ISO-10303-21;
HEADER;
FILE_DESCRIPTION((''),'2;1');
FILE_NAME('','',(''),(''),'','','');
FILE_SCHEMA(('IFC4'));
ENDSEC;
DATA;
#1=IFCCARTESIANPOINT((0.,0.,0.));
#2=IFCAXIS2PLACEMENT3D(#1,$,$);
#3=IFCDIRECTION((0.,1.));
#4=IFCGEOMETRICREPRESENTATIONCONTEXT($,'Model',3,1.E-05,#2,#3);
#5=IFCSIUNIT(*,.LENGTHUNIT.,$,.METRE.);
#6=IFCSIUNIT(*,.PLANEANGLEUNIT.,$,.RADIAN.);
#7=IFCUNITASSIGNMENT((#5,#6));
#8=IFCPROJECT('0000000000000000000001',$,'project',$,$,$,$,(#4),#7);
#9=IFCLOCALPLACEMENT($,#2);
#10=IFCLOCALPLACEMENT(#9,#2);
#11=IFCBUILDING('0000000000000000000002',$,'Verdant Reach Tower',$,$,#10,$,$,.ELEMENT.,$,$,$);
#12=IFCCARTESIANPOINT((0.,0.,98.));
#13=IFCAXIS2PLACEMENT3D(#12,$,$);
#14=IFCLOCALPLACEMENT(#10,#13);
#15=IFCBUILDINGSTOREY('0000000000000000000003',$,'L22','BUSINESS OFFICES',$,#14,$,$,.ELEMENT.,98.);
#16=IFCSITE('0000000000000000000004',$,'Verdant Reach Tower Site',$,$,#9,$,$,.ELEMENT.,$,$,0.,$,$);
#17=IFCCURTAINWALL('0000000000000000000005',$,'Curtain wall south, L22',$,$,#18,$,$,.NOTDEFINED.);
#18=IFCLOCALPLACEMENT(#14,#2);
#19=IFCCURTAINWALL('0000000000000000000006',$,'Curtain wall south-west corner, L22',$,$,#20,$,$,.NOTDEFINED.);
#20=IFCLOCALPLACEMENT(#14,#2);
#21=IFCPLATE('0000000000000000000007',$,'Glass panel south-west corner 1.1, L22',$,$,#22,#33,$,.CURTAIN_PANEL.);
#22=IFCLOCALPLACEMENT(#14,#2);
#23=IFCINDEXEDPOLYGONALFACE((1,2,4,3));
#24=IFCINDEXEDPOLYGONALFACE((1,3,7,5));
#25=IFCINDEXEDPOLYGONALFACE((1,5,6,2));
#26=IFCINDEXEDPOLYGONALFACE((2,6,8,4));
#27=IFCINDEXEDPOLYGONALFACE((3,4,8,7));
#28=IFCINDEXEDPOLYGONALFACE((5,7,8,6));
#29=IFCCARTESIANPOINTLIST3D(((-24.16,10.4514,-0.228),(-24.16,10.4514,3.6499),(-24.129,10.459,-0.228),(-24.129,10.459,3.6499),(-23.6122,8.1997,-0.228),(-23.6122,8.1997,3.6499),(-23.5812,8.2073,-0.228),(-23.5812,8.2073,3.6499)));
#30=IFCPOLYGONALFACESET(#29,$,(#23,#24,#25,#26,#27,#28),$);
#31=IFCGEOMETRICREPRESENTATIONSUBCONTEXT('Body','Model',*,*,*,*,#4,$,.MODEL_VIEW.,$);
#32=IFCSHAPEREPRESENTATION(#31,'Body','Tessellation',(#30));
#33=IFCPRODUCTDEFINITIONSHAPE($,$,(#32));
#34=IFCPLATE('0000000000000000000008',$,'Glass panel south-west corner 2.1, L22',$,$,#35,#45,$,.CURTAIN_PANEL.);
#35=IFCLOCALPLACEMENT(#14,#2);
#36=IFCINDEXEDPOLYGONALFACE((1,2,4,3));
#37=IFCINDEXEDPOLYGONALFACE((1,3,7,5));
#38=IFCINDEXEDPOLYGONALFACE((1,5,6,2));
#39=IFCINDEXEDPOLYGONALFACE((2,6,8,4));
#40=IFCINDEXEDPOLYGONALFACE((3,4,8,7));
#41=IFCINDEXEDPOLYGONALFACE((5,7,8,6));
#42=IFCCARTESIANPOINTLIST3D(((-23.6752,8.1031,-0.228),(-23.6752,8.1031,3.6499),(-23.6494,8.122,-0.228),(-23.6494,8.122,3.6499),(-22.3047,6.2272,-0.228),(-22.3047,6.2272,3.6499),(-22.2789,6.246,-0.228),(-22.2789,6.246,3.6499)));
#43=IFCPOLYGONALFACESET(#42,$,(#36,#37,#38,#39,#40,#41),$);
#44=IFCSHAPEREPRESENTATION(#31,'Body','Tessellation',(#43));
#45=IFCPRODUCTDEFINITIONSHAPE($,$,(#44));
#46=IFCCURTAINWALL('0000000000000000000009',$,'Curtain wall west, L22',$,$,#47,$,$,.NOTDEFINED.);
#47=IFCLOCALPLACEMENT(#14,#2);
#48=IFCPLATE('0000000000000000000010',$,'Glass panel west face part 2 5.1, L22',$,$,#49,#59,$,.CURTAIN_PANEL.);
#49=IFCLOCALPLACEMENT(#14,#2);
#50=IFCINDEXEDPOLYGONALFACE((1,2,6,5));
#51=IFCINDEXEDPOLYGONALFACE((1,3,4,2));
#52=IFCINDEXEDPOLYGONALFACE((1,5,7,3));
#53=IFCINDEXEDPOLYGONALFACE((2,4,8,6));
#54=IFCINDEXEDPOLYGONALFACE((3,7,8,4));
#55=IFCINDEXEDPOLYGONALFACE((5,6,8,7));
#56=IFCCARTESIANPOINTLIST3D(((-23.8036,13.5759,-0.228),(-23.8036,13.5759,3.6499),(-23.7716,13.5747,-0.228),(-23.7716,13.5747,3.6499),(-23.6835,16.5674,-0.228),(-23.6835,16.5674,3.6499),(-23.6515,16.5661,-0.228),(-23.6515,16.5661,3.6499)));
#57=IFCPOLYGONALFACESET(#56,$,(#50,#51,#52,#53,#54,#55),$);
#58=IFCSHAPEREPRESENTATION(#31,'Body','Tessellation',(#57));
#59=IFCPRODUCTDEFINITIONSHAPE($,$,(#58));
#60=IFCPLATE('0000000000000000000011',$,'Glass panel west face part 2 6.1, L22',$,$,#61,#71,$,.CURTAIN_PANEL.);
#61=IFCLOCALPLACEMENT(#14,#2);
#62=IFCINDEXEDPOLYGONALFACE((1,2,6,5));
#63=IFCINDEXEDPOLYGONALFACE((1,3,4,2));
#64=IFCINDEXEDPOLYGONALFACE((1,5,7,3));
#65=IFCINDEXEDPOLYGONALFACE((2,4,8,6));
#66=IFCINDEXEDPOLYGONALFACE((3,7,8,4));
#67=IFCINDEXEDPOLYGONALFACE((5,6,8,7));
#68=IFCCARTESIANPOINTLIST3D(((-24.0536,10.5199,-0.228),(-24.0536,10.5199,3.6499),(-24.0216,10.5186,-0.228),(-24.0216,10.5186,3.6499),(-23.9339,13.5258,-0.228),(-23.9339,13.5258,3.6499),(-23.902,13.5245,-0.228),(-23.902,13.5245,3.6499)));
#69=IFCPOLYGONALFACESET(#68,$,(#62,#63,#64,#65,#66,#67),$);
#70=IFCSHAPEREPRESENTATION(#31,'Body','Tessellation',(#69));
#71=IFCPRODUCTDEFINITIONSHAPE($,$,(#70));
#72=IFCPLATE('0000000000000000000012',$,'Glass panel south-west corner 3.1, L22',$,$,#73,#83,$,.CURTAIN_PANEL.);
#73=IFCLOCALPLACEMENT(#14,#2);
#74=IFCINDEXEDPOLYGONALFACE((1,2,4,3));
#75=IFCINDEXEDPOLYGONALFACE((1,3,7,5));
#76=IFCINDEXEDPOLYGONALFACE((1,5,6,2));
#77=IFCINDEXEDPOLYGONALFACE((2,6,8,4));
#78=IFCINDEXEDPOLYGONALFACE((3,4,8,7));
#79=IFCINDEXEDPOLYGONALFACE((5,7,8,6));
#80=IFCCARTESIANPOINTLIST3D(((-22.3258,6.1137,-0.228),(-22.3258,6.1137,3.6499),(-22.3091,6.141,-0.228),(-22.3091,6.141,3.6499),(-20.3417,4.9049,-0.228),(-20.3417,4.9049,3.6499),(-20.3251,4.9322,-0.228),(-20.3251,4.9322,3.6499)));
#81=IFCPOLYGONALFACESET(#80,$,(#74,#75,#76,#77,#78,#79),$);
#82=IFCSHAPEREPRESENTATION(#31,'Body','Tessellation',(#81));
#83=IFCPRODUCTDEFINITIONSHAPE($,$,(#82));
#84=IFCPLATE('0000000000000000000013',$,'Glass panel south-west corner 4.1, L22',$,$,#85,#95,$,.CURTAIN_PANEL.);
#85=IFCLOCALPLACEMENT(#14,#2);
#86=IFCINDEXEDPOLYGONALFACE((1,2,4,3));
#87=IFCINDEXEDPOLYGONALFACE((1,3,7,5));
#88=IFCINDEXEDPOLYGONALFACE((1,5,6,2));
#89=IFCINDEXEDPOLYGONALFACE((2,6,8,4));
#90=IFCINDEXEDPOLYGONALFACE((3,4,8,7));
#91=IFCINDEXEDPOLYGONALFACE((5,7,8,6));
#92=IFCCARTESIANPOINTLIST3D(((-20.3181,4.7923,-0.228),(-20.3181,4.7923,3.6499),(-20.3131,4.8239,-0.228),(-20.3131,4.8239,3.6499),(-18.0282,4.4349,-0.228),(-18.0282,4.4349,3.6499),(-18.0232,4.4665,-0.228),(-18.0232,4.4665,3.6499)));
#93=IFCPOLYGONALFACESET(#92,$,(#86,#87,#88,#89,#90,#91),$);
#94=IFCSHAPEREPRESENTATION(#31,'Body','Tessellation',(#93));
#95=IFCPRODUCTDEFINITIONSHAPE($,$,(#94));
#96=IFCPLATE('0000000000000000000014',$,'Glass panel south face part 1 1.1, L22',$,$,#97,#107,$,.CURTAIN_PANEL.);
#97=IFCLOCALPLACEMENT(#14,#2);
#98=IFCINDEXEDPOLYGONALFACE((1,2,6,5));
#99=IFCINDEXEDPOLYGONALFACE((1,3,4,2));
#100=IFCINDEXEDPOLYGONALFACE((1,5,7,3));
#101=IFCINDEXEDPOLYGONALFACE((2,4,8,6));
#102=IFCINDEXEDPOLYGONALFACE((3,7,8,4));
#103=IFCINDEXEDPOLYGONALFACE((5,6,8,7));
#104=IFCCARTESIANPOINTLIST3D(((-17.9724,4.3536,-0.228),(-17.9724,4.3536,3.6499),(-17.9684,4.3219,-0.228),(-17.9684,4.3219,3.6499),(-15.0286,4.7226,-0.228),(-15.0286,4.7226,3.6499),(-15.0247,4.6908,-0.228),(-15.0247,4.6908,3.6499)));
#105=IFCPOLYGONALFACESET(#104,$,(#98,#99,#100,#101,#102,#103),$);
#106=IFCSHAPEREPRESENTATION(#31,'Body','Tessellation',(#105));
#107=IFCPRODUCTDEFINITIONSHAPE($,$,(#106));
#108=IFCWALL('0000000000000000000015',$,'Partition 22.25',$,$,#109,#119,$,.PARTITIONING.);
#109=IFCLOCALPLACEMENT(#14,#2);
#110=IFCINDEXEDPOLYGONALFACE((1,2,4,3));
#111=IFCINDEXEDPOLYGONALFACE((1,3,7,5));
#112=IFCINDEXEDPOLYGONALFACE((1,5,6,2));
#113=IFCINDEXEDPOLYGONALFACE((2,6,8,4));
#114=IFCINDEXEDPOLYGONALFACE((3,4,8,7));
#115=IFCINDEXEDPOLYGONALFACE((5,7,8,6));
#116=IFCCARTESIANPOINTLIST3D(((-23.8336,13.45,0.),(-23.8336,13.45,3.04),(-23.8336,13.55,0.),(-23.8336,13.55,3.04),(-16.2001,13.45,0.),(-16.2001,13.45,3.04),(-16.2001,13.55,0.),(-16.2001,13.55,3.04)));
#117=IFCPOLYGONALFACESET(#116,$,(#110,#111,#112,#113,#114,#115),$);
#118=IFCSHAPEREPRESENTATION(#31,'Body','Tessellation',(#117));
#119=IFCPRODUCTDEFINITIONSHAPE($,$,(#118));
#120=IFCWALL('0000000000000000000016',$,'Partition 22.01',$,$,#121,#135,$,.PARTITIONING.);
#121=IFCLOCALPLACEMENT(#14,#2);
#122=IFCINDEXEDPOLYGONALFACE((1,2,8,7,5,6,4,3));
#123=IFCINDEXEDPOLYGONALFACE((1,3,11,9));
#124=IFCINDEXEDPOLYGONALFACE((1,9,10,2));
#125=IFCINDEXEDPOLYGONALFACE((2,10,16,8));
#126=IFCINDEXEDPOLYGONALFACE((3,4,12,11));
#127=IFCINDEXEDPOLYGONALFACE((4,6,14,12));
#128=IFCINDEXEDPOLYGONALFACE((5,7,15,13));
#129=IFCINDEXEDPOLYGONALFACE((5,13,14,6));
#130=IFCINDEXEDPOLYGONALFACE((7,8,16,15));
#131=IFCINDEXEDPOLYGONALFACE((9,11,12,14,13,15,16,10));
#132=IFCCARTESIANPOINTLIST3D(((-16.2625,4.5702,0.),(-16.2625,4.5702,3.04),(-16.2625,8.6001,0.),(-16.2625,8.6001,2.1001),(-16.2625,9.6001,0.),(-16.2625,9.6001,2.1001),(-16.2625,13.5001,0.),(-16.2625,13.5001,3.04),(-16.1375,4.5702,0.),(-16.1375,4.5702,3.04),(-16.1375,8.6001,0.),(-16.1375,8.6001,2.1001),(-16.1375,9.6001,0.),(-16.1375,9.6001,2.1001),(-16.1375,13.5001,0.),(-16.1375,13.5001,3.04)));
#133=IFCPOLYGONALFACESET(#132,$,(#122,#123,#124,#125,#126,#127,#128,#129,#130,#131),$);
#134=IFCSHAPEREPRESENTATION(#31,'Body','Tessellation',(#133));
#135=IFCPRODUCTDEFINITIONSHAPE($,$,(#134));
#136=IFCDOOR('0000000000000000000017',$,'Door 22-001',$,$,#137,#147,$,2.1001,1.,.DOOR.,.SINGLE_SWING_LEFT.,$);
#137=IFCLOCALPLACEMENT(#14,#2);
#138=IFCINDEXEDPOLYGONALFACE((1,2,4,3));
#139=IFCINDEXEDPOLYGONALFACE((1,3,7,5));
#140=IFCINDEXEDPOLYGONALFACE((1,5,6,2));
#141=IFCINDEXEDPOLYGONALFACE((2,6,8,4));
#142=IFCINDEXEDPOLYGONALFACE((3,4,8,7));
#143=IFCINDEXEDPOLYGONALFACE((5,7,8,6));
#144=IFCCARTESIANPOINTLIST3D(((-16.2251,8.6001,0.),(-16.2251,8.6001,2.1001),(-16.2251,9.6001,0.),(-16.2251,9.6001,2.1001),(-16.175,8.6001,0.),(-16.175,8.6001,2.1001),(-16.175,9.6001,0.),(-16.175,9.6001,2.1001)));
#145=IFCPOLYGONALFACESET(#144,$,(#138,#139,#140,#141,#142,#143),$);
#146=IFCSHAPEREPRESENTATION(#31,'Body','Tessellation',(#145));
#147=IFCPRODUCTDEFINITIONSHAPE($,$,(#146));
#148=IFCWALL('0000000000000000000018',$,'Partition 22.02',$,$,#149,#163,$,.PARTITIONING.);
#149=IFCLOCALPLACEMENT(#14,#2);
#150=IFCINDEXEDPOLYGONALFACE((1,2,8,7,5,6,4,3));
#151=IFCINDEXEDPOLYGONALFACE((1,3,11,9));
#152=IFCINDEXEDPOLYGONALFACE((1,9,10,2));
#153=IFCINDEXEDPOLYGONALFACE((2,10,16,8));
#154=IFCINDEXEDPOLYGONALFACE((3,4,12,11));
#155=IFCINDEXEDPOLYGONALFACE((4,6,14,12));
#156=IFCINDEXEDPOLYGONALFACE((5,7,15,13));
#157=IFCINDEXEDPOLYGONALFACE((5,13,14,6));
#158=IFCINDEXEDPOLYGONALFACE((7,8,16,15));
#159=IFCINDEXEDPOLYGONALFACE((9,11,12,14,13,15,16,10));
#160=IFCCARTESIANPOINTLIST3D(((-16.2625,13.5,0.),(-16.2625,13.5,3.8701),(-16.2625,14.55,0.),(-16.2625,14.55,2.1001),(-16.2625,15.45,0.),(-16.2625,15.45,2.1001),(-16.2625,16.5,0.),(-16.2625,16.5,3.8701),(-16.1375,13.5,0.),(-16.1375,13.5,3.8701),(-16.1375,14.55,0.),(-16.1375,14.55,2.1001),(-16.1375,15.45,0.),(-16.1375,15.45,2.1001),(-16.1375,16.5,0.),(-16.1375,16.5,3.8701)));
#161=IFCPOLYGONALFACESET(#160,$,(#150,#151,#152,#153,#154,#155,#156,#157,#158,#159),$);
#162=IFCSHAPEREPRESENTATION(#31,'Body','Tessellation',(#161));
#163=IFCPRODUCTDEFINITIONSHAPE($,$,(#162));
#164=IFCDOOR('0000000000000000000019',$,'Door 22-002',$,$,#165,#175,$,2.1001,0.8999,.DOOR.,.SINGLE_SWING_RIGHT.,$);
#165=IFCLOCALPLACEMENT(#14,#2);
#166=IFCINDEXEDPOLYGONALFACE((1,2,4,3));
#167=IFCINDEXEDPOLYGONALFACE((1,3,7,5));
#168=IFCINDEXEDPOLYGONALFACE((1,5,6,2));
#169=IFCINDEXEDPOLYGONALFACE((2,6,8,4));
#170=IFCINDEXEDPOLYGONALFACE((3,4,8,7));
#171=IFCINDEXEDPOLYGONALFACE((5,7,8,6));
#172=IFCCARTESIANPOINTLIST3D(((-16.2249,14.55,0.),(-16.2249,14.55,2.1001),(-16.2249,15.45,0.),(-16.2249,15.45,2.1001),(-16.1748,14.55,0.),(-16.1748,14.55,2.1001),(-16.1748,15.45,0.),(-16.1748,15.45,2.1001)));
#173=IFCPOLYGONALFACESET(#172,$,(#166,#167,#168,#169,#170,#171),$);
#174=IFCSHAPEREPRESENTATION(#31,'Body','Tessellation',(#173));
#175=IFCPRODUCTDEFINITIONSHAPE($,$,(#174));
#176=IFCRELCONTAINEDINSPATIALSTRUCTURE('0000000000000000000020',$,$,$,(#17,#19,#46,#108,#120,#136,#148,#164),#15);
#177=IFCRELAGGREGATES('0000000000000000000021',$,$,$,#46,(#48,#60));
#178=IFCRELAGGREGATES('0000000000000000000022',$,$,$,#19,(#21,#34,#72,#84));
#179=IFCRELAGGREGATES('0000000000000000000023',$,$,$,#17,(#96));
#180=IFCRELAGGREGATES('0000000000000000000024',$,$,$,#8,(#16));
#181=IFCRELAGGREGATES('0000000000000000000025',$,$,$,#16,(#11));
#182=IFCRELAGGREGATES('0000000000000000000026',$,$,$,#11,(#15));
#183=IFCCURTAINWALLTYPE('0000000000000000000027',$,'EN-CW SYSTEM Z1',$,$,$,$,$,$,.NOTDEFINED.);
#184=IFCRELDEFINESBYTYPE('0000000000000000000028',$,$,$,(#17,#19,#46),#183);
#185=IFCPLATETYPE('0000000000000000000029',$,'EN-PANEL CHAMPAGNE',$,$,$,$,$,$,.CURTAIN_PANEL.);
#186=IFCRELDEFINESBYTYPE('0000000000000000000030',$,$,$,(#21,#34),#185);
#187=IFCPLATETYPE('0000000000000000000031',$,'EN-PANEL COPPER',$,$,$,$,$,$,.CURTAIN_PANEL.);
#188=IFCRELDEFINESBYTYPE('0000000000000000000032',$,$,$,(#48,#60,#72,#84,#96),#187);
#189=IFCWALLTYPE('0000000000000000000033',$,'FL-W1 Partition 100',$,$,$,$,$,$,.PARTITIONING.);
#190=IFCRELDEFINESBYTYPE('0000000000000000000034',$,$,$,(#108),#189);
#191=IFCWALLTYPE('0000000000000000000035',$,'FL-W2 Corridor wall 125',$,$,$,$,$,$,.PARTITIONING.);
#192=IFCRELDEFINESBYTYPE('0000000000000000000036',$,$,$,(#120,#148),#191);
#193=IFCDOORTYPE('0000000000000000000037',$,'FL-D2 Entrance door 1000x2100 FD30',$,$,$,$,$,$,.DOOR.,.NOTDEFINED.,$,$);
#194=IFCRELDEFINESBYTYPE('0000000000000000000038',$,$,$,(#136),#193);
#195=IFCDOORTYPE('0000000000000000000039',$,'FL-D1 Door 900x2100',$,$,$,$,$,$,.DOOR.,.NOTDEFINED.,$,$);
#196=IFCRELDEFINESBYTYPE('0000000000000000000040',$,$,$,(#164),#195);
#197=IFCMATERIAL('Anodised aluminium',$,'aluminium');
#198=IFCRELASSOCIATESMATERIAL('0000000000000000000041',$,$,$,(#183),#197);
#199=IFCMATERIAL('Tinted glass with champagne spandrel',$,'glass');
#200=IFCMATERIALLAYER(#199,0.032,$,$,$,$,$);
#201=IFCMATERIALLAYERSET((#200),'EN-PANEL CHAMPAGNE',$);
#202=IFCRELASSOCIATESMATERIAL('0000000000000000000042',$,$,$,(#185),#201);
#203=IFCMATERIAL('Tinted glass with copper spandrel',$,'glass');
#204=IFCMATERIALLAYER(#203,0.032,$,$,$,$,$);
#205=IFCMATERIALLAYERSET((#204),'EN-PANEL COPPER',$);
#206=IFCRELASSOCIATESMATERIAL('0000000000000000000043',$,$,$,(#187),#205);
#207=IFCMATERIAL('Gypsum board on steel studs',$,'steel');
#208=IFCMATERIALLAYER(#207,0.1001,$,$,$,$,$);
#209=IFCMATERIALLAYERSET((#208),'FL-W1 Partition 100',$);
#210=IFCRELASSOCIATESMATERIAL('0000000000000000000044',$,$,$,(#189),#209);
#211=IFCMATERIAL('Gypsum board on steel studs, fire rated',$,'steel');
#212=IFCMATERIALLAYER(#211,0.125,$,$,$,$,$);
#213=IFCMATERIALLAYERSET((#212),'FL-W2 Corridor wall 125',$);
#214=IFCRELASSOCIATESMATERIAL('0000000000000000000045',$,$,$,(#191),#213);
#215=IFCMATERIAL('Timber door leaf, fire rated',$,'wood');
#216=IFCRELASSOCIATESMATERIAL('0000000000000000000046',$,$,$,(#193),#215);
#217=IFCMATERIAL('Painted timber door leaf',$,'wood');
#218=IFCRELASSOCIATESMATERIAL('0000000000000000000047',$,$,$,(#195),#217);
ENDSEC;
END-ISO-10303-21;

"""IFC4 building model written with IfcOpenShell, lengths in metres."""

from ifc_helpers import new_model, si_unit, direction, frame, frame_2d, origin, origin_2d, place, context, subcontext, project, spatial, rectangle, extrude, material, layer, layer_set, type_object, element, fill, aggregate, save


model = new_model("IFC4")

# Units and contexts
model_context = context("Model", 3, precision=1e-05, world=origin(), true_north=direction((0.0, 1.0)))
body_context = subcontext(model_context, "Body", "Model", "MODEL_VIEW")
ifc_project = project(units=[si_unit("LENGTHUNIT", "METRE"), si_unit("PLANEANGLEUNIT", "RADIAN")], contexts=[model_context])

# Site, building, storey
site_placement = place(None, origin())
site = spatial("IfcSite", under=ifc_project, at=site_placement, Name="Verdant Reach Tower Site", CompositionType="ELEMENT", RefElevation=0.0)
building_placement = place(site_placement, origin())
building = spatial("IfcBuilding", under=site, at=building_placement, Name="Verdant Reach Tower", CompositionType="ELEMENT")
storey_placement = place(building_placement, frame((0.0, 0.0, 98.0)))
storey = spatial("IfcBuildingStorey", under=building, at=storey_placement, Name="L22", Description="BUSINESS OFFICES", CompositionType="ELEMENT", Elevation=98.0)

# Curtain wall
ifc_material_1 = material(Name="Anodised aluminium", Category="aluminium")
curtain_wall_type = type_object("IfcCurtainWallType", Name="EN-CW SYSTEM Z1", PredefinedType="NOTDEFINED", material=ifc_material_1)
curtain_wall_1_placement = place(storey_placement, origin())
curtain_wall_1 = element("IfcCurtainWall", 1, at=curtain_wall_1_placement, inside=storey, type_object=curtain_wall_type, Name="Curtain wall south, L22", PredefinedType="NOTDEFINED")

# Curtain walls, plates
curtain_wall_2_placement = place(storey_placement, origin())
curtain_wall_2 = element("IfcCurtainWall", 2, at=curtain_wall_2_placement, inside=storey, type_object=curtain_wall_type, Name="Curtain wall south-west corner, L22", PredefinedType="NOTDEFINED")
ifc_material_2 = material(Name="Tinted glass with champagne spandrel", Category="glass")
ifc_layer_1 = layer(ifc_material_2, 0.032)
ifc_layer_set_1 = layer_set([ifc_layer_1], Name="EN-PANEL CHAMPAGNE")
plate_type_1 = type_object("IfcPlateType", Name="EN-PANEL CHAMPAGNE", PredefinedType="CURTAIN_PANEL", material=ifc_layer_set_1)
plate_1_placement = place(storey_placement, frame((-23.8706, 9.3293, -0.228), z_axis=(0.0, 0.0, 1.0), x_axis=(0.236383, -0.97166, 0.0)))
plate_1 = element("IfcPlate", 3, at=plate_1_placement, type_object=plate_type_1, Name="Glass panel south-west corner 1.1, L22", PredefinedType="CURTAIN_PANEL", context=body_context, shape_type="SweptSolid", body=[
    extrude(rectangle(XDim=2.3174, YDim=0.032, at=origin_2d()), origin(), (0.0, 0.0, 1.0), 3.8779),
])
plate_2_placement = place(storey_placement, frame((-22.9771, 7.1746, -0.228), z_axis=(0.0, 0.0, 1.0), x_axis=(0.589927, -0.807457, 0.0)))
plate_2 = element("IfcPlate", 4, at=plate_2_placement, type_object=plate_type_1, Name="Glass panel south-west corner 2.1, L22", PredefinedType="CURTAIN_PANEL", context=body_context, shape_type="SweptSolid", body=[
    extrude(rectangle(XDim=2.3232, YDim=0.032, at=origin_2d()), origin(), (0.0, 0.0, 1.0), 3.8779),
])
curtain_wall_3_placement = place(storey_placement, origin())
curtain_wall_3 = element("IfcCurtainWall", 5, at=curtain_wall_3_placement, inside=storey, type_object=curtain_wall_type, Name="Curtain wall west, L22", PredefinedType="NOTDEFINED")
ifc_material_3 = material(Name="Tinted glass with copper spandrel", Category="glass")
ifc_layer_2 = layer(ifc_material_3, 0.032)
ifc_layer_set_2 = layer_set([ifc_layer_2], Name="EN-PANEL COPPER")
plate_type_2 = type_object("IfcPlateType", Name="EN-PANEL COPPER", PredefinedType="CURTAIN_PANEL", material=ifc_layer_set_2)
plate_3_placement = place(storey_placement, frame((-23.7275, 15.071, -0.228), z_axis=(0.0, 0.0, 1.0), x_axis=(-0.040109, -0.999195, 0.0)))
plate_3 = element("IfcPlate", 6, at=plate_3_placement, type_object=plate_type_2, Name="Glass panel west face part 2 5.1, L22", PredefinedType="CURTAIN_PANEL", context=body_context, shape_type="SweptSolid", body=[
    extrude(rectangle(XDim=2.9939, YDim=0.032, at=origin_2d()), origin(), (0.0, 0.0, 1.0), 3.8779),
])
plate_4_placement = place(storey_placement, frame((-23.9778, 12.0222, -0.228), z_axis=(0.0, 0.0, 1.0), x_axis=(-0.039784, -0.999208, 0.0)))
plate_4 = element("IfcPlate", 7, at=plate_4_placement, type_object=plate_type_2, Name="Glass panel west face part 2 6.1, L22", PredefinedType="CURTAIN_PANEL", context=body_context, shape_type="SweptSolid", body=[
    extrude(rectangle(XDim=3.0083, YDim=0.032, at=origin_2d()), origin(), (0.0, 0.0, 1.0), 3.8779),
])
aggregate(curtain_wall_3, [plate_3, plate_4])

# Plates
plate_5_placement = place(storey_placement, frame((-21.3254, 5.5229, -0.228), z_axis=(0.0, 0.0, 1.0), x_axis=(0.853989, -0.520292, 0.0)))
plate_5 = element("IfcPlate", 8, at=plate_5_placement, type_object=plate_type_2, Name="Glass panel south-west corner 3.1, L22", PredefinedType="CURTAIN_PANEL", context=body_context, shape_type="SweptSolid", body=[
    extrude(rectangle(XDim=2.3232, YDim=0.032, at=origin_2d()), origin(), (0.0, 0.0, 1.0), 3.8779),
])
plate_6_placement = place(storey_placement, frame((-19.1707, 4.6294, -0.228), z_axis=(0.0, 0.0, 1.0), x_axis=(0.988033, -0.154245, 0.0)))
plate_6 = element("IfcPlate", 9, at=plate_6_placement, type_object=plate_type_2, Name="Glass panel south-west corner 4.1, L22", PredefinedType="CURTAIN_PANEL", context=body_context, shape_type="SweptSolid", body=[
    extrude(rectangle(XDim=2.3176, YDim=0.032, at=origin_2d()), origin(), (0.0, 0.0, 1.0), 3.8779),
])
aggregate(curtain_wall_2, [plate_1, plate_2, plate_5, plate_6])
plate_7_placement = place(storey_placement, frame((-16.4985, 4.5222, -0.228), z_axis=(0.0, 0.0, 1.0), x_axis=(0.992235, 0.124374, 0.0)))
plate_7 = element("IfcPlate", 10, at=plate_7_placement, type_object=plate_type_2, Name="Glass panel south face part 1 1.1, L22", PredefinedType="CURTAIN_PANEL", context=body_context, shape_type="SweptSolid", body=[
    extrude(rectangle(XDim=2.9668, YDim=0.032, at=origin_2d()), origin(), (0.0, 0.0, 1.0), 3.8779),
])
aggregate(curtain_wall_1, [plate_7])

# Wall
ifc_material_4 = material(Name="Gypsum board on steel studs", Category="steel")
ifc_layer_3 = layer(ifc_material_4, 0.1001)
ifc_layer_set_3 = layer_set([ifc_layer_3], Name="FL-W1 Partition 100")
wall_type_1 = type_object("IfcWallType", Name="FL-W1 Partition 100", PredefinedType="PARTITIONING", material=ifc_layer_set_3)
wall_1_placement = place(storey_placement, frame((-16.2, 13.5, 0.0), z_axis=(0.0, 0.0, 1.0), x_axis=(-1.0, 0.0, 0.0)))
element("IfcWall", 11, at=wall_1_placement, inside=storey, type_object=wall_type_1, Name="Partition 22.25", PredefinedType="PARTITIONING", context=body_context, shape_type="SweptSolid", body=[
    extrude(rectangle(XDim=7.6335, YDim=0.1001, at=frame_2d((3.8169, 0.0))), origin(), (0.0, 0.0, 1.0), 3.04),
])

# Walls, openings, doors
ifc_material_5 = material(Name="Gypsum board on steel studs, fire rated", Category="steel")
ifc_layer_4 = layer(ifc_material_5, 0.125)
ifc_layer_set_4 = layer_set([ifc_layer_4], Name="FL-W2 Corridor wall 125")
wall_type_2 = type_object("IfcWallType", Name="FL-W2 Corridor wall 125", PredefinedType="PARTITIONING", material=ifc_layer_set_4)
wall_2_placement = place(storey_placement, frame((-16.2, 13.5, 0.0), z_axis=(0.0, 0.0, 1.0), x_axis=(0.0, -1.0, 0.0)))
wall_2 = element("IfcWall", 12, at=wall_2_placement, inside=storey, type_object=wall_type_2, Name="Partition 22.01", PredefinedType="PARTITIONING", context=body_context, shape_type="SweptSolid", body=[
    extrude(rectangle(XDim=8.9299, YDim=0.125, at=frame_2d((4.4648, 0.0))), origin(), (0.0, 0.0, 1.0), 3.04),
])
opening_1_placement = place(wall_2_placement, frame((3.8999, 0.0, 0.0)))
opening_1 = element("IfcOpeningElement", 13, at=opening_1_placement, cuts=wall_2, PredefinedType="OPENING", context=body_context, shape_type="SweptSolid", body=[
    extrude(rectangle(XDim=1.0, YDim=2.1001, at=frame_2d((0.5, 1.05))), frame((0.0, 0.0725, 0.0), z_axis=(0.0, -1.0, 0.0), x_axis=(1.0, 0.0, 0.0)), (0.0, 0.0, 1.0), 0.145),
])
ifc_material_6 = material(Name="Timber door leaf, fire rated", Category="wood")
door_type_1 = type_object("IfcDoorType", Name="FL-D2 Entrance door 1000x2100 FD30", OperationType="NOTDEFINED", PredefinedType="DOOR", material=ifc_material_6)
door_1_placement = place(opening_1_placement, origin())
door_1 = element("IfcDoor", 14, at=door_1_placement, inside=storey, type_object=door_type_1, Name="Door 22-001", OperationType="SINGLE_SWING_LEFT", OverallHeight=2.1001, OverallWidth=1.0, PredefinedType="DOOR", context=body_context, shape_type="SweptSolid", body=[
    extrude(rectangle(XDim=1.0, YDim=2.1001, at=frame_2d((0.5, 1.05))), frame((0.0, 0.0249, 0.0), z_axis=(0.0, -1.0, 0.0), x_axis=(1.0, 0.0, 0.0)), (0.0, 0.0, 1.0), 0.05),
])
fill(opening_1, door_1)
wall_3_placement = place(storey_placement, frame((-16.2, 13.5, 0.0), z_axis=(0.0, 0.0, 1.0), x_axis=(0.0, 1.0, 0.0)))
wall_3 = element("IfcWall", 15, at=wall_3_placement, inside=storey, type_object=wall_type_2, Name="Partition 22.02", PredefinedType="PARTITIONING", context=body_context, shape_type="SweptSolid", body=[
    extrude(rectangle(XDim=3.0, YDim=0.125, at=frame_2d((1.5, 0.0))), origin(), (0.0, 0.0, 1.0), 3.8701),
])
opening_2_placement = place(wall_3_placement, frame((1.05, 0.0, 0.0)))
opening_2 = element("IfcOpeningElement", 16, at=opening_2_placement, cuts=wall_3, PredefinedType="OPENING", context=body_context, shape_type="SweptSolid", body=[
    extrude(rectangle(XDim=0.8999, YDim=2.1001, at=frame_2d((0.45, 1.05))), frame((0.0, 0.0725, 0.0), z_axis=(0.0, -1.0, 0.0), x_axis=(1.0, 0.0, 0.0)), (0.0, 0.0, 1.0), 0.145),
])
ifc_material_7 = material(Name="Painted timber door leaf", Category="wood")
door_type_2 = type_object("IfcDoorType", Name="FL-D1 Door 900x2100", OperationType="NOTDEFINED", PredefinedType="DOOR", material=ifc_material_7)
door_2_placement = place(opening_2_placement, origin())
door_2 = element("IfcDoor", 17, at=door_2_placement, inside=storey, type_object=door_type_2, Name="Door 22-002", OperationType="SINGLE_SWING_RIGHT", OverallHeight=2.1001, OverallWidth=0.8999, PredefinedType="DOOR", context=body_context, shape_type="SweptSolid", body=[
    extrude(rectangle(XDim=0.8999, YDim=2.1001, at=frame_2d((0.45, 1.05))), frame((0.0, 0.0249, 0.0), z_axis=(0.0, -1.0, 0.0), x_axis=(1.0, 0.0, 0.0)), (0.0, 0.0, 1.0), 0.05),
])
fill(opening_2, door_2)

save(model, "model.ifc")
